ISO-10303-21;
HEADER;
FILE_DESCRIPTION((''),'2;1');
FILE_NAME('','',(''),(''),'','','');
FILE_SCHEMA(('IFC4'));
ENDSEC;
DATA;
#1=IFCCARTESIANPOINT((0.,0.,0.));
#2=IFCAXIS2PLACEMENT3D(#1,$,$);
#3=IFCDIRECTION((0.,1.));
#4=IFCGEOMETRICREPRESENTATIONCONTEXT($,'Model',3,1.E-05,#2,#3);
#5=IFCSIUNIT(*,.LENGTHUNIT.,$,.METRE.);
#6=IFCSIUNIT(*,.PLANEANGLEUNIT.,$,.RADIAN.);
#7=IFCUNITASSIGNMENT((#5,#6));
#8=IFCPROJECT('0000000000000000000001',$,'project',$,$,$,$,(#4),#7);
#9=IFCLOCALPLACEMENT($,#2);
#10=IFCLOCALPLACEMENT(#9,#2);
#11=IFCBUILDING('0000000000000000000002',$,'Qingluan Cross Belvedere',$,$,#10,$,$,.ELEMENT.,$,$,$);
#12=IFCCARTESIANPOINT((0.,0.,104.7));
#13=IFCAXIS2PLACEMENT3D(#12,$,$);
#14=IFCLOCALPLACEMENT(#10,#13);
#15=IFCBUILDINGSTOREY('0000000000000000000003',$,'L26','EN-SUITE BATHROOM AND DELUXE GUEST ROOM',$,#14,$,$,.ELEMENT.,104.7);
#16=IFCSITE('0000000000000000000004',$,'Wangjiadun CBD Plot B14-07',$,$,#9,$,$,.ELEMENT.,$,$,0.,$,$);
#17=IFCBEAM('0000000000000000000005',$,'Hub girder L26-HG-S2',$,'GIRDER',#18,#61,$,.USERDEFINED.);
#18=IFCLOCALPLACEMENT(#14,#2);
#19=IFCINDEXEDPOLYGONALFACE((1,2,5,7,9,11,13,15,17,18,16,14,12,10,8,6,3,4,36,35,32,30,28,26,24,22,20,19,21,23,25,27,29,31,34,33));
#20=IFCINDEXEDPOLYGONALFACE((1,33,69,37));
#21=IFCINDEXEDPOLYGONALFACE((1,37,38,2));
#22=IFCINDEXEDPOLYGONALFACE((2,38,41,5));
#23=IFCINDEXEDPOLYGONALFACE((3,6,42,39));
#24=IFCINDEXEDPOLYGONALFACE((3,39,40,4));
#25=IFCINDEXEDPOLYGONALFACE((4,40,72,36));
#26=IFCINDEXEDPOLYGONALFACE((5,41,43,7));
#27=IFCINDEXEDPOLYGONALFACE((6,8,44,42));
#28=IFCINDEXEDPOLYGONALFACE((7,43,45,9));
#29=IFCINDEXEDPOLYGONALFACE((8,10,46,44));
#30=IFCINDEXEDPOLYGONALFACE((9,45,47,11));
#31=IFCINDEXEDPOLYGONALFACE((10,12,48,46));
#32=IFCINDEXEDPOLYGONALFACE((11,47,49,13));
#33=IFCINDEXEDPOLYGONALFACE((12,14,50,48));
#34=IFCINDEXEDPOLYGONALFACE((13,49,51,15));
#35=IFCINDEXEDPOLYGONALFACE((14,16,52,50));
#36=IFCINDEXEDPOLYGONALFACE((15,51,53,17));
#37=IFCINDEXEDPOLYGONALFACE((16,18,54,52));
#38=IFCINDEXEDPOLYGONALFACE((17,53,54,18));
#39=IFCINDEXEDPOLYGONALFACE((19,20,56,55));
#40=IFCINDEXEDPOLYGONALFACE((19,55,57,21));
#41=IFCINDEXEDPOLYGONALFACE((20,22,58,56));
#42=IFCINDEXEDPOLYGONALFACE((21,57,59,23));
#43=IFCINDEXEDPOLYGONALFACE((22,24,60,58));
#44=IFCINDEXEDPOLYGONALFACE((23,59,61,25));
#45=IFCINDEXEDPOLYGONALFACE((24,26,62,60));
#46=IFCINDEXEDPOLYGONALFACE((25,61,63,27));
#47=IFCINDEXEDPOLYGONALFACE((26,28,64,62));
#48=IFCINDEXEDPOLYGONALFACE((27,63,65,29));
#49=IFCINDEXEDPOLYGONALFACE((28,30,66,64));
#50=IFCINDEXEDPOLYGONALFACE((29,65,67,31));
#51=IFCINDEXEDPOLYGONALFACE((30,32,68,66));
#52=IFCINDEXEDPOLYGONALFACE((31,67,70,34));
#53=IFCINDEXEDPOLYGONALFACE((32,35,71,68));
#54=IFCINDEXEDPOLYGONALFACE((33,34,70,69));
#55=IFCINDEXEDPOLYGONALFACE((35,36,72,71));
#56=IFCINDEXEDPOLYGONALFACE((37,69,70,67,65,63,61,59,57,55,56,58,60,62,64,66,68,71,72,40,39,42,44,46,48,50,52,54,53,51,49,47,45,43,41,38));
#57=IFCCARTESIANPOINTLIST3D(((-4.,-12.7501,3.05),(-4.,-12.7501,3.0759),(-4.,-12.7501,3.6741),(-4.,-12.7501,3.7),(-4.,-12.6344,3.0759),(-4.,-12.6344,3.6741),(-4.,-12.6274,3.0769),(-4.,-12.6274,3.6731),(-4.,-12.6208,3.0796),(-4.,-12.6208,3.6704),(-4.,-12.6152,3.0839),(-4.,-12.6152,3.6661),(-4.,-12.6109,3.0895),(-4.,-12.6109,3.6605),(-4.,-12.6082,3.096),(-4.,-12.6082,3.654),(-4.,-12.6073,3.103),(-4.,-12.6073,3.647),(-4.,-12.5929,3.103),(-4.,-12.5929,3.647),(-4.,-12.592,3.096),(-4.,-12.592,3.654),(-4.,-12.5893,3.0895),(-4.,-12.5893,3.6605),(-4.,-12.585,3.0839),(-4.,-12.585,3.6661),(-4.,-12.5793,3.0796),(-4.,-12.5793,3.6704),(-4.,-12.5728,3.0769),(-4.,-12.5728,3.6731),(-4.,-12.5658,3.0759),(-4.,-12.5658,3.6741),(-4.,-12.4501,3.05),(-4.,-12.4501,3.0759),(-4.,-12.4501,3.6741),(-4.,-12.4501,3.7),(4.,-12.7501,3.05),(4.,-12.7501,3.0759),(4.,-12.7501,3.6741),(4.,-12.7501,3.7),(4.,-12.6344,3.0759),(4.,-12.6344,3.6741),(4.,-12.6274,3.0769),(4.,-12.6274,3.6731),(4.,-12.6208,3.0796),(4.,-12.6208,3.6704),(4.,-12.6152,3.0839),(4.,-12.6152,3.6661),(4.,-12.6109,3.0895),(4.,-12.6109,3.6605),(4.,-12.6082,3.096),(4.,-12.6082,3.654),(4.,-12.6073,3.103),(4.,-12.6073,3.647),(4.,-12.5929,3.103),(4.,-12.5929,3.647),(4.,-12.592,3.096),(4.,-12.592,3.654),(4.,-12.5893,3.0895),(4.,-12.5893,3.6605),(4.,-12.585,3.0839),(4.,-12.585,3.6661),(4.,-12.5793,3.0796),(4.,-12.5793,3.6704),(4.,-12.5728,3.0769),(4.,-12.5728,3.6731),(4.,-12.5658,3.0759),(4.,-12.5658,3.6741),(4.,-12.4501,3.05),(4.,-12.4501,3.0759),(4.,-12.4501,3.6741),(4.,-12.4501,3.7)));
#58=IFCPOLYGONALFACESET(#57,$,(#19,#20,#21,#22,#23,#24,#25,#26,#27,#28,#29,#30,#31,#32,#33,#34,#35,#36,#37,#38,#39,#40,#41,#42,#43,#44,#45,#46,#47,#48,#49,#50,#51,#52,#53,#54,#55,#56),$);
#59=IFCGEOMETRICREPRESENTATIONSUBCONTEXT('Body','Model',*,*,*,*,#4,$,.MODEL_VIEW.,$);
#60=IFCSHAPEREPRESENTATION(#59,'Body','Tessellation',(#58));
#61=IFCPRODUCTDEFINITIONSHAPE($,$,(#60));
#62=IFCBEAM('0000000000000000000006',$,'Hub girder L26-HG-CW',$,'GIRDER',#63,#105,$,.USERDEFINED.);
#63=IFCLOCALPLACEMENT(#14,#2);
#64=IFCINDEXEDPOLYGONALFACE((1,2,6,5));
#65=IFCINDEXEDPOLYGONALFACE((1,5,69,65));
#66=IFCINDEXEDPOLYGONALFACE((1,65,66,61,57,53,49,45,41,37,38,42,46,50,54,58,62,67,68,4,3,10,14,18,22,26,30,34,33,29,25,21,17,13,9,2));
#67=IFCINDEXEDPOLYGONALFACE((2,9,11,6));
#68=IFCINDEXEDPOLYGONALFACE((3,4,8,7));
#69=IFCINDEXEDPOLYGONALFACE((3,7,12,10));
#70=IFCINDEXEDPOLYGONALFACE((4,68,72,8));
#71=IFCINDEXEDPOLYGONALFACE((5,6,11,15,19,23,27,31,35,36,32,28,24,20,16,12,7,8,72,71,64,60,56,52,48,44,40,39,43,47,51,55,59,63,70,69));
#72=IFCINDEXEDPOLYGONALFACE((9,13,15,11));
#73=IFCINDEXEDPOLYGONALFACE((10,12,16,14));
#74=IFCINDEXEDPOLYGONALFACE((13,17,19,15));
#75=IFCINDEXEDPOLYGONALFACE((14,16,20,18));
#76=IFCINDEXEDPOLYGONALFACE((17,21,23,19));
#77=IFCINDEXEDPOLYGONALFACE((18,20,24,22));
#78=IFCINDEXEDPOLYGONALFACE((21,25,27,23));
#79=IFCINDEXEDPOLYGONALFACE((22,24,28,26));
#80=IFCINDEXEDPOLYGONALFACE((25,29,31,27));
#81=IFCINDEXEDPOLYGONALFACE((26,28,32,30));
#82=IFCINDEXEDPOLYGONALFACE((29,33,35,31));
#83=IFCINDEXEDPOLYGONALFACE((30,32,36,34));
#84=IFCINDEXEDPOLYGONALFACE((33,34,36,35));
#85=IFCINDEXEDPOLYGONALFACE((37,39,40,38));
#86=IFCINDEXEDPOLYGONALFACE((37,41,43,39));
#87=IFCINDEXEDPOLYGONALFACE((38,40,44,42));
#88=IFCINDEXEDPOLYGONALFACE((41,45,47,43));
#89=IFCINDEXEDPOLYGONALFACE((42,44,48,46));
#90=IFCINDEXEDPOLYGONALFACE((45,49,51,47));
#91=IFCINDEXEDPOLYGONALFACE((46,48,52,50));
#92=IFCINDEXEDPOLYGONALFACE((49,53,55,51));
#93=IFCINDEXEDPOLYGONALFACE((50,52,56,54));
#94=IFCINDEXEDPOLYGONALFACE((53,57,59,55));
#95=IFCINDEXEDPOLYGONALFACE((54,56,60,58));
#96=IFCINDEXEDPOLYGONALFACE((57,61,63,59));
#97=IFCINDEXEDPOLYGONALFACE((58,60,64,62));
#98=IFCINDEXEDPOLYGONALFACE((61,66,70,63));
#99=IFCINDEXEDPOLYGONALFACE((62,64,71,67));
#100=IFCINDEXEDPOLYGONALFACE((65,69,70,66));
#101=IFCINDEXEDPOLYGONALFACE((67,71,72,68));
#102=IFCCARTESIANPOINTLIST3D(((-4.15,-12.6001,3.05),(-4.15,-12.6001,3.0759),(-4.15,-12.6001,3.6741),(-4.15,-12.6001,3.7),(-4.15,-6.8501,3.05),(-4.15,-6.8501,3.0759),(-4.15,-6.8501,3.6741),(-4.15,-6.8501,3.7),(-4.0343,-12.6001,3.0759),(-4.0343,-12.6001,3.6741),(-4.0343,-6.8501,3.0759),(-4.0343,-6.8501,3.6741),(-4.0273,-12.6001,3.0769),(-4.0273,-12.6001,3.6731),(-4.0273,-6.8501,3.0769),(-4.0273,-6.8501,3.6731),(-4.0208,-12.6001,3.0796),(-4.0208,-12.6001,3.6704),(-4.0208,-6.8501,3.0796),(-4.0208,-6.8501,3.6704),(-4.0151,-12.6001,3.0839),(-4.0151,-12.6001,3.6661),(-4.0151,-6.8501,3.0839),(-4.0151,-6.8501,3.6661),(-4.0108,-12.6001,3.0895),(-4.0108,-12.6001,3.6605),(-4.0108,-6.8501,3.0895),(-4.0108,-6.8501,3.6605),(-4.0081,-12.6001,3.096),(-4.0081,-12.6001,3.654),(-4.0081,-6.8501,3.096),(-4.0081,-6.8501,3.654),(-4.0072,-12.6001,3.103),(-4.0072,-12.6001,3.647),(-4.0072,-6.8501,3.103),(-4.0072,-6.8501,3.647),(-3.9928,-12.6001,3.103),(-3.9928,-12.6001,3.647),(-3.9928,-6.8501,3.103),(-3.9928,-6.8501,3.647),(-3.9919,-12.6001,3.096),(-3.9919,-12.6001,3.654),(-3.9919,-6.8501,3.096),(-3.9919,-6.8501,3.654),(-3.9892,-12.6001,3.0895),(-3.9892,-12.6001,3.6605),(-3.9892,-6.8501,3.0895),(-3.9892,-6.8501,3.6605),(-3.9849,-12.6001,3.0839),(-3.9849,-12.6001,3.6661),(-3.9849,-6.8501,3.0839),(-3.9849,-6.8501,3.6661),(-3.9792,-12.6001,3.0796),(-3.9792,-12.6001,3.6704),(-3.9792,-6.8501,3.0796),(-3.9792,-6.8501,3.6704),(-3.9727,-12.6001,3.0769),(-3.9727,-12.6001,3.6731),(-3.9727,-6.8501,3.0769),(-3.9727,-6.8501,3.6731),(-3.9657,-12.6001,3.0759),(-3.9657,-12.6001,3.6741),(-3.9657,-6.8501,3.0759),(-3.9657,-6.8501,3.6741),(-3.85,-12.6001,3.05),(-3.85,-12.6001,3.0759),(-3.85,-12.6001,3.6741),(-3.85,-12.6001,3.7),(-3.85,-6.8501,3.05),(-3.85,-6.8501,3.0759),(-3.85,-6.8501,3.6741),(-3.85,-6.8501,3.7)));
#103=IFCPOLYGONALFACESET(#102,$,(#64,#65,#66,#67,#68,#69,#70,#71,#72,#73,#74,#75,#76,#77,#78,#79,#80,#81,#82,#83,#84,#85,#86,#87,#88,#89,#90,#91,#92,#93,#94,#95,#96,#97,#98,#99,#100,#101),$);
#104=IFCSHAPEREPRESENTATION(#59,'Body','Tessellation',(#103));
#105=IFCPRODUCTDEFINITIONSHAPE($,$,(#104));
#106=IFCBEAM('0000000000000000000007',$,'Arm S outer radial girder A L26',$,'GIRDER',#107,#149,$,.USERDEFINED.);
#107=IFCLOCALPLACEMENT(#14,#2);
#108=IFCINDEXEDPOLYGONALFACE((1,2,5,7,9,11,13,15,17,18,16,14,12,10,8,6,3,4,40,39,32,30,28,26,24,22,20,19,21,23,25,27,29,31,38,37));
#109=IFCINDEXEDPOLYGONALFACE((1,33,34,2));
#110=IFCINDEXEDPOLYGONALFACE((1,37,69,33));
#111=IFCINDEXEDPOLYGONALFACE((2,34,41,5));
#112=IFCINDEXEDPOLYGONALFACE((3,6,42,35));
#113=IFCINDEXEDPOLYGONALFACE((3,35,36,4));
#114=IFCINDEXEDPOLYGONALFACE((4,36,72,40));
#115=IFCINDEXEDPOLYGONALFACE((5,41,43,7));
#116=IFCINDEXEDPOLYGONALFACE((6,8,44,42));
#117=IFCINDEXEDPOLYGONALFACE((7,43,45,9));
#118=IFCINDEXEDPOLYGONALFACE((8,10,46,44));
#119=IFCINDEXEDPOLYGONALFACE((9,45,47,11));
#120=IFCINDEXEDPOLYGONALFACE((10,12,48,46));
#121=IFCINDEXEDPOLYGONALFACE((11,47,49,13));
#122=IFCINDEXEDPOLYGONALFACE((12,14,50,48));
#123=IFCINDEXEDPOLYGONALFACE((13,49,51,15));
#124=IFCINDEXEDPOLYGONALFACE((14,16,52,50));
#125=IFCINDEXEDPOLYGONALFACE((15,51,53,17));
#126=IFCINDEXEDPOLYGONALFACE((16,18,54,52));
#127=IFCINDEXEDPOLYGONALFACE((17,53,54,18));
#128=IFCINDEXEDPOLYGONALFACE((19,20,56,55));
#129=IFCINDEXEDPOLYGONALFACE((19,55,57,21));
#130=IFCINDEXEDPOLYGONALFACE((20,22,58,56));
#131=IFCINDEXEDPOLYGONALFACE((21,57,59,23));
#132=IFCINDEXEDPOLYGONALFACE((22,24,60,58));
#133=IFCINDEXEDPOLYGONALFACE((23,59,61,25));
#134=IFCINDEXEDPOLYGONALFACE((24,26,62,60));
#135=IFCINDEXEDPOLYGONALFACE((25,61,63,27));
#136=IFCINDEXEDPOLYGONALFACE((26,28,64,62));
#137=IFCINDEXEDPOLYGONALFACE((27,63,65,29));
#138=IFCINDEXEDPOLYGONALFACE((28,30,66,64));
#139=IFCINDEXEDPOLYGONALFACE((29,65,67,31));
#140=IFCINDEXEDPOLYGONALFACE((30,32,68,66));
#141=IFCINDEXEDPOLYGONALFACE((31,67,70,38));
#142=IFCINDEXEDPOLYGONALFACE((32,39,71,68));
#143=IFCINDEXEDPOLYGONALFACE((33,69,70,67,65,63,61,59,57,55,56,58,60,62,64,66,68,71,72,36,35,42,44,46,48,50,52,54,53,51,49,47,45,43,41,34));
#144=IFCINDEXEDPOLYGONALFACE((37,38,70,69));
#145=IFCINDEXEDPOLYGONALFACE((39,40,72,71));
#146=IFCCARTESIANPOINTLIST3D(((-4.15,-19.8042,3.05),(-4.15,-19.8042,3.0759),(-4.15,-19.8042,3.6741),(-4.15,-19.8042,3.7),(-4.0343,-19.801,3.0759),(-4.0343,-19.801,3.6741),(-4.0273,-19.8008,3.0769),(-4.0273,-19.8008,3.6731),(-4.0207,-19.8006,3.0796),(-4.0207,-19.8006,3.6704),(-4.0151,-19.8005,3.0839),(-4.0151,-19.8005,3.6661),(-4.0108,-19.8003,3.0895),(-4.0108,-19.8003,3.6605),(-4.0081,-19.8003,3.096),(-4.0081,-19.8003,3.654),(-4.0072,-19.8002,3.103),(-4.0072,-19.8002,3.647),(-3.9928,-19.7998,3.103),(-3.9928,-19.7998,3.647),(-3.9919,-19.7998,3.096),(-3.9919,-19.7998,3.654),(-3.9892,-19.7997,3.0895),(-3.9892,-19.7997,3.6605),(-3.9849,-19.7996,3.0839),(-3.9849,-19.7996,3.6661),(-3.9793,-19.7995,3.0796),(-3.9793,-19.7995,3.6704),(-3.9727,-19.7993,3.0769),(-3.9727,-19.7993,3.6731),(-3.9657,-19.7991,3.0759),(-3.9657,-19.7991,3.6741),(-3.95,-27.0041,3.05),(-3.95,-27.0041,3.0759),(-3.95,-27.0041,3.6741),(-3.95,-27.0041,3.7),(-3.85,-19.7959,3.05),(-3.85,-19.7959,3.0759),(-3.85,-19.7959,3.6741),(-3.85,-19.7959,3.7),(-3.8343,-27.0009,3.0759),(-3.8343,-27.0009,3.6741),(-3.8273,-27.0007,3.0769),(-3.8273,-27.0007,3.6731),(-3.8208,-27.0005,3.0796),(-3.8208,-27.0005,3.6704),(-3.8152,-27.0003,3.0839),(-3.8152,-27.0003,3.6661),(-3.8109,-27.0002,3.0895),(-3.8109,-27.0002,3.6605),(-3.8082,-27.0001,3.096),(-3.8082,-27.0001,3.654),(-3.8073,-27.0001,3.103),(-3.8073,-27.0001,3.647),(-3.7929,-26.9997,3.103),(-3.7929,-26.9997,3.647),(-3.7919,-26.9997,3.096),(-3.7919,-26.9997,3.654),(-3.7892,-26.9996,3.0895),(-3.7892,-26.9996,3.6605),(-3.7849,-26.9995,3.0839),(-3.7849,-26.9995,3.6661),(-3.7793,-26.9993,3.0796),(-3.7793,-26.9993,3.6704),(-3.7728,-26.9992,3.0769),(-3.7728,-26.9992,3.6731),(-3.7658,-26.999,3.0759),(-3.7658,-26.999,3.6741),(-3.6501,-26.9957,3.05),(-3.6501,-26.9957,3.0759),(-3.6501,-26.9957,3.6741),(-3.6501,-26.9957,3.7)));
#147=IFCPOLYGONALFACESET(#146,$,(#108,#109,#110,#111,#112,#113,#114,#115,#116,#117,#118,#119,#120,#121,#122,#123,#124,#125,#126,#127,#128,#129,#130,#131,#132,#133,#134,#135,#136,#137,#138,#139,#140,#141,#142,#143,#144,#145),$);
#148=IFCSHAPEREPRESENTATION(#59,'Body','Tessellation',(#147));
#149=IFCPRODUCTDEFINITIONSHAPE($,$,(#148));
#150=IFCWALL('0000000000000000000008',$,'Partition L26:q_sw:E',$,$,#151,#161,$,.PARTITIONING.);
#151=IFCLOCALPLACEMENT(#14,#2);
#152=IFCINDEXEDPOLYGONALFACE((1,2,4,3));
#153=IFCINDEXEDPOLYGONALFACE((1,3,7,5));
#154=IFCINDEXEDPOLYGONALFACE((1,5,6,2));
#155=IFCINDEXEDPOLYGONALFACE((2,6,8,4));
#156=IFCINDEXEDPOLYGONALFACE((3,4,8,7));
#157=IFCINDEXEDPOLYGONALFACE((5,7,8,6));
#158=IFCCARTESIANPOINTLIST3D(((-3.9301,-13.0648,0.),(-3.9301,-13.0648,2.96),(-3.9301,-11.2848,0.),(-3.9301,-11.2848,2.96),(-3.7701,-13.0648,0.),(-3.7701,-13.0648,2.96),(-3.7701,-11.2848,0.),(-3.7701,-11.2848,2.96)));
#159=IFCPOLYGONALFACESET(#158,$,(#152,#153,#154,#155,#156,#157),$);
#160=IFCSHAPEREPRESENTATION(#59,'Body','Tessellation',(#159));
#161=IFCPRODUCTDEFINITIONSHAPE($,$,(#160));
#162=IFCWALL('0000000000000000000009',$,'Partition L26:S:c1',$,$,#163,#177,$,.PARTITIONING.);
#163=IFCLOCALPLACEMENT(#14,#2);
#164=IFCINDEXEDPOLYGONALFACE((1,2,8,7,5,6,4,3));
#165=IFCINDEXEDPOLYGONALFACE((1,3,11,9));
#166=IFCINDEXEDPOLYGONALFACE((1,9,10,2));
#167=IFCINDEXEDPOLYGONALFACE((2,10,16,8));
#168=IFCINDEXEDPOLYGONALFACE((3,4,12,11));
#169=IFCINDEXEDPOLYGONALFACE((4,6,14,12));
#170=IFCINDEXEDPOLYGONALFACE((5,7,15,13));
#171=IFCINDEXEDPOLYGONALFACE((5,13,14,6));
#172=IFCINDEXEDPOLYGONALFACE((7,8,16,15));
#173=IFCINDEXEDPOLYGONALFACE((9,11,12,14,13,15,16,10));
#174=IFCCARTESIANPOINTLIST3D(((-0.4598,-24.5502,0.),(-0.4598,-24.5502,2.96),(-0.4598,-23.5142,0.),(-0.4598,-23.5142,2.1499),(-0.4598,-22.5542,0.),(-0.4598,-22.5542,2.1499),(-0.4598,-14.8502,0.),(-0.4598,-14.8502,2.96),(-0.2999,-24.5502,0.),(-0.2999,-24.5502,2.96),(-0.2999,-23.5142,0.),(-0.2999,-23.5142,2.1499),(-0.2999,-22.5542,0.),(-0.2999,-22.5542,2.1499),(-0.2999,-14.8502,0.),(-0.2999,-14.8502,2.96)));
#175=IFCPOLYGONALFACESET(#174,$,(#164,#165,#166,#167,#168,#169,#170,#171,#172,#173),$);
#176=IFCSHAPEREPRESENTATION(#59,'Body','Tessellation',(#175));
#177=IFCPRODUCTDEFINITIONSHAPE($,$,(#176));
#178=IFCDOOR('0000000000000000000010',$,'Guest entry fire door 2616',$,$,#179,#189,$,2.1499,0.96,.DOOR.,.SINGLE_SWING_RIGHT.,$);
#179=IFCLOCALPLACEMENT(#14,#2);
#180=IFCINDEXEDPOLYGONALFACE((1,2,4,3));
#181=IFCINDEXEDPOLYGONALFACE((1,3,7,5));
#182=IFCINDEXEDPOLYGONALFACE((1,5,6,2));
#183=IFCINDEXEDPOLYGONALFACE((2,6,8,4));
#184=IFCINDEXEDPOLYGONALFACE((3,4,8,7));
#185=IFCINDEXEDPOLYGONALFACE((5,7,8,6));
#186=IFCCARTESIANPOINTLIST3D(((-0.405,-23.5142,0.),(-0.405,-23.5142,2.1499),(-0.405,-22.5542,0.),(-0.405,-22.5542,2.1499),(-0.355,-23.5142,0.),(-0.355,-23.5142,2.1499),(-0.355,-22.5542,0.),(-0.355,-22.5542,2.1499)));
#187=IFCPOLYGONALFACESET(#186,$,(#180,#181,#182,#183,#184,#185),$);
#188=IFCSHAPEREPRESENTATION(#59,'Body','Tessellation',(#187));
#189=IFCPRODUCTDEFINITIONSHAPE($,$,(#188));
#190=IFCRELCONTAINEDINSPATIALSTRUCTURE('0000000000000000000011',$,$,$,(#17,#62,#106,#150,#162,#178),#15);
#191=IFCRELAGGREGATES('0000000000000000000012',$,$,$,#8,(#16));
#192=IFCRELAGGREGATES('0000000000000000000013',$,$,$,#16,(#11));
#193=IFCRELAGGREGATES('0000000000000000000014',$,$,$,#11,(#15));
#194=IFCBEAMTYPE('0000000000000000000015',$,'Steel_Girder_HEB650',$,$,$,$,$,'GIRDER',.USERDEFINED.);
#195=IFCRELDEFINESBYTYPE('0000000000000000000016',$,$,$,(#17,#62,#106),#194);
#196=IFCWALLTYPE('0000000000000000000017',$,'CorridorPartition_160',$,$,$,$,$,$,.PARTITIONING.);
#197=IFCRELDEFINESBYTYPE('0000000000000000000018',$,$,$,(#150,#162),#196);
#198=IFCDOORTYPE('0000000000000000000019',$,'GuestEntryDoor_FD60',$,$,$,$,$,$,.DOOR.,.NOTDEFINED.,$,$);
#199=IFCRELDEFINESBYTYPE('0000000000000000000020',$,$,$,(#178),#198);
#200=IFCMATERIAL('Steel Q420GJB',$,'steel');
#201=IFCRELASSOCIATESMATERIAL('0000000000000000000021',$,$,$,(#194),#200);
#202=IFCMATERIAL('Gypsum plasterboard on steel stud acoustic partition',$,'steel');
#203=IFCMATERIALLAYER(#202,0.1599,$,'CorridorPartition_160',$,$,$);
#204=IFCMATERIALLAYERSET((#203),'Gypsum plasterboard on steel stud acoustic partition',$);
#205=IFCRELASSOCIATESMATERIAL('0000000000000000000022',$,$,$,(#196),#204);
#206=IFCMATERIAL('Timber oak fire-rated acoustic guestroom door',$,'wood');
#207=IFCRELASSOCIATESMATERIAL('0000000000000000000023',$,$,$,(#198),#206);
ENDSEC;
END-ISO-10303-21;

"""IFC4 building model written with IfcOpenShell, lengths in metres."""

from ifc_helpers import new_model, si_unit, direction, frame, frame_2d, origin, origin_2d, place, context, subcontext, project, spatial, rectangle, i_section, extrude, material, layer, layer_set, material_profile, profile_set, type_object, element, fill, save


model = new_model("IFC4")

# Units and contexts
model_context = context("Model", 3, precision=1e-05, world=origin(), true_north=direction((0.0, 1.0)))
body_context = subcontext(model_context, "Body", "Model", "MODEL_VIEW")
ifc_project = project(units=[si_unit("LENGTHUNIT", "METRE"), si_unit("PLANEANGLEUNIT", "RADIAN")], contexts=[model_context])

# Site, building, storey
site_placement = place(None, origin())
site = spatial("IfcSite", under=ifc_project, at=site_placement, Name="Wangjiadun CBD Plot B14-07", CompositionType="ELEMENT", RefElevation=0.0)
building_placement = place(site_placement, origin())
building = spatial("IfcBuilding", under=site, at=building_placement, Name="Qingluan Cross Belvedere", CompositionType="ELEMENT")
storey_placement = place(building_placement, frame((0.0, 0.0, 104.7)))
storey = spatial("IfcBuildingStorey", under=building, at=storey_placement, Name="L26", Description="EN-SUITE BATHROOM AND DELUXE GUEST ROOM", CompositionType="ELEMENT", Elevation=104.7)

# Beams
ifc_material_1 = material(Name="Steel Q420GJB", Category="steel")
ifc_material_profile_1 = material_profile(ifc_material_1, i_section(OverallWidth=0.3, OverallDepth=0.6499, WebThickness=0.0144, FlangeThickness=0.0259, FilletRadius=0.0271, at=origin_2d()), Name="HEB650")
ifc_profile_set_1 = profile_set([ifc_material_profile_1], Name="Steel Q420GJB")
beam_type_1 = type_object("IfcBeamType", Name="Steel_Girder_HEB650", ElementType="GIRDER", PredefinedType="USERDEFINED", material=ifc_profile_set_1)
beam_1_placement = place(storey_placement, frame((-4.0, -12.6001, 3.375), z_axis=(1.0, 0.0, 0.0), x_axis=(0.0, 1.0, 0.0)))
element("IfcBeam", 1, at=beam_1_placement, inside=storey, type_object=beam_type_1, Name="Hub girder L26-HG-S2", ObjectType="GIRDER", PredefinedType="USERDEFINED", context=body_context, shape_type="SweptSolid", body=[
    extrude(i_section(OverallWidth=0.3, OverallDepth=0.6499, WebThickness=0.0144, FlangeThickness=0.0259, FilletRadius=0.0271, at=origin_2d()), origin(), (0.0, 0.0, 1.0), 8.0),
])
beam_2_placement = place(storey_placement, frame((-4.0, -12.6001, 3.375), z_axis=(0.0, 1.0, 0.0), x_axis=(-1.0, 0.0, 0.0)))
element("IfcBeam", 2, at=beam_2_placement, inside=storey, type_object=beam_type_1, Name="Hub girder L26-HG-CW", ObjectType="GIRDER", PredefinedType="USERDEFINED", context=body_context, shape_type="SweptSolid", body=[
    extrude(i_section(OverallWidth=0.3, OverallDepth=0.6499, WebThickness=0.0144, FlangeThickness=0.0259, FilletRadius=0.0271, at=origin_2d()), origin(), (0.0, 0.0, 1.0), 5.75),
])
beam_3_placement = place(storey_placement, frame((-4.0, -19.8, 3.375), z_axis=(0.02776, -0.999615, 0.0), x_axis=(0.999615, 0.02776, 0.0)))
element("IfcBeam", 3, at=beam_3_placement, inside=storey, type_object=beam_type_1, Name="Arm S outer radial girder A L26", ObjectType="GIRDER", PredefinedType="USERDEFINED", context=body_context, shape_type="SweptSolid", body=[
    extrude(i_section(OverallWidth=0.3, OverallDepth=0.6499, WebThickness=0.0144, FlangeThickness=0.0259, FilletRadius=0.0271, at=origin_2d()), origin(), (0.0, 0.0, 1.0), 7.2026),
])

# Wall
ifc_material_2 = material(Name="Gypsum plasterboard on steel stud acoustic partition", Category="steel")
ifc_layer_1 = layer(ifc_material_2, 0.1599, Name="CorridorPartition_160")
ifc_layer_set_1 = layer_set([ifc_layer_1], Name="Gypsum plasterboard on steel stud acoustic partition")
wall_type_1 = type_object("IfcWallType", Name="CorridorPartition_160", PredefinedType="PARTITIONING", material=ifc_layer_set_1)
wall_1_placement = place(storey_placement, frame((-3.8501, -13.0649, 0.0), z_axis=(0.0, 0.0, 1.0), x_axis=(0.0, 1.0, 0.0)))
element("IfcWall", 4, at=wall_1_placement, inside=storey, type_object=wall_type_1, Name="Partition L26:q_sw:E", PredefinedType="PARTITIONING", context=body_context, shape_type="SweptSolid", body=[
    extrude(rectangle(XDim=1.78, YDim=0.1599, at=frame_2d((0.8901, 0.0))), origin(), (0.0, 0.0, 1.0), 2.96),
])

# Wall, opening, door
wall_2_placement = place(storey_placement, frame((-0.3799, -14.8501, 0.0), z_axis=(0.0, 0.0, 1.0), x_axis=(0.0, -1.0, 0.0)))
wall_2 = element("IfcWall", 5, at=wall_2_placement, inside=storey, type_object=wall_type_1, Name="Partition L26:S:c1", PredefinedType="PARTITIONING", context=body_context, shape_type="SweptSolid", body=[
    extrude(rectangle(XDim=9.7, YDim=0.1599, at=frame_2d((4.8501, 0.0))), origin(), (0.0, 0.0, 1.0), 2.96),
])
opening_1_placement = place(wall_2_placement, frame((7.7041, 0.0, 0.0)))
opening_1 = element("IfcOpeningElement", 6, at=opening_1_placement, cuts=wall_2, PredefinedType="OPENING", context=body_context, shape_type="SweptSolid", body=[
    extrude(rectangle(XDim=0.96, YDim=2.1499, at=frame_2d((0.48, 1.075))), frame((0.0, 0.0898, 0.0), z_axis=(0.0, -1.0, 0.0), x_axis=(1.0, 0.0, 0.0)), (0.0, 0.0, 1.0), 0.1799),
])
ifc_material_3 = material(Name="Timber oak fire-rated acoustic guestroom door", Category="wood")
door_type_1 = type_object("IfcDoorType", Name="GuestEntryDoor_FD60", OperationType="NOTDEFINED", PredefinedType="DOOR", material=ifc_material_3)
door_1_placement = place(opening_1_placement, origin())
door_1 = element("IfcDoor", 7, at=door_1_placement, inside=storey, type_object=door_type_1, Name="Guest entry fire door 2616", OperationType="SINGLE_SWING_RIGHT", OverallHeight=2.1499, OverallWidth=0.96, PredefinedType="DOOR", context=body_context, shape_type="SweptSolid", body=[
    extrude(rectangle(XDim=0.96, YDim=2.1499, at=frame_2d((0.48, 1.075))), frame((0.0, 0.0249, 0.0), z_axis=(0.0, -1.0, 0.0), x_axis=(1.0, 0.0, 0.0)), (0.0, 0.0, 1.0), 0.05),
])
fill(opening_1, door_1)

save(model, "model.ifc")
